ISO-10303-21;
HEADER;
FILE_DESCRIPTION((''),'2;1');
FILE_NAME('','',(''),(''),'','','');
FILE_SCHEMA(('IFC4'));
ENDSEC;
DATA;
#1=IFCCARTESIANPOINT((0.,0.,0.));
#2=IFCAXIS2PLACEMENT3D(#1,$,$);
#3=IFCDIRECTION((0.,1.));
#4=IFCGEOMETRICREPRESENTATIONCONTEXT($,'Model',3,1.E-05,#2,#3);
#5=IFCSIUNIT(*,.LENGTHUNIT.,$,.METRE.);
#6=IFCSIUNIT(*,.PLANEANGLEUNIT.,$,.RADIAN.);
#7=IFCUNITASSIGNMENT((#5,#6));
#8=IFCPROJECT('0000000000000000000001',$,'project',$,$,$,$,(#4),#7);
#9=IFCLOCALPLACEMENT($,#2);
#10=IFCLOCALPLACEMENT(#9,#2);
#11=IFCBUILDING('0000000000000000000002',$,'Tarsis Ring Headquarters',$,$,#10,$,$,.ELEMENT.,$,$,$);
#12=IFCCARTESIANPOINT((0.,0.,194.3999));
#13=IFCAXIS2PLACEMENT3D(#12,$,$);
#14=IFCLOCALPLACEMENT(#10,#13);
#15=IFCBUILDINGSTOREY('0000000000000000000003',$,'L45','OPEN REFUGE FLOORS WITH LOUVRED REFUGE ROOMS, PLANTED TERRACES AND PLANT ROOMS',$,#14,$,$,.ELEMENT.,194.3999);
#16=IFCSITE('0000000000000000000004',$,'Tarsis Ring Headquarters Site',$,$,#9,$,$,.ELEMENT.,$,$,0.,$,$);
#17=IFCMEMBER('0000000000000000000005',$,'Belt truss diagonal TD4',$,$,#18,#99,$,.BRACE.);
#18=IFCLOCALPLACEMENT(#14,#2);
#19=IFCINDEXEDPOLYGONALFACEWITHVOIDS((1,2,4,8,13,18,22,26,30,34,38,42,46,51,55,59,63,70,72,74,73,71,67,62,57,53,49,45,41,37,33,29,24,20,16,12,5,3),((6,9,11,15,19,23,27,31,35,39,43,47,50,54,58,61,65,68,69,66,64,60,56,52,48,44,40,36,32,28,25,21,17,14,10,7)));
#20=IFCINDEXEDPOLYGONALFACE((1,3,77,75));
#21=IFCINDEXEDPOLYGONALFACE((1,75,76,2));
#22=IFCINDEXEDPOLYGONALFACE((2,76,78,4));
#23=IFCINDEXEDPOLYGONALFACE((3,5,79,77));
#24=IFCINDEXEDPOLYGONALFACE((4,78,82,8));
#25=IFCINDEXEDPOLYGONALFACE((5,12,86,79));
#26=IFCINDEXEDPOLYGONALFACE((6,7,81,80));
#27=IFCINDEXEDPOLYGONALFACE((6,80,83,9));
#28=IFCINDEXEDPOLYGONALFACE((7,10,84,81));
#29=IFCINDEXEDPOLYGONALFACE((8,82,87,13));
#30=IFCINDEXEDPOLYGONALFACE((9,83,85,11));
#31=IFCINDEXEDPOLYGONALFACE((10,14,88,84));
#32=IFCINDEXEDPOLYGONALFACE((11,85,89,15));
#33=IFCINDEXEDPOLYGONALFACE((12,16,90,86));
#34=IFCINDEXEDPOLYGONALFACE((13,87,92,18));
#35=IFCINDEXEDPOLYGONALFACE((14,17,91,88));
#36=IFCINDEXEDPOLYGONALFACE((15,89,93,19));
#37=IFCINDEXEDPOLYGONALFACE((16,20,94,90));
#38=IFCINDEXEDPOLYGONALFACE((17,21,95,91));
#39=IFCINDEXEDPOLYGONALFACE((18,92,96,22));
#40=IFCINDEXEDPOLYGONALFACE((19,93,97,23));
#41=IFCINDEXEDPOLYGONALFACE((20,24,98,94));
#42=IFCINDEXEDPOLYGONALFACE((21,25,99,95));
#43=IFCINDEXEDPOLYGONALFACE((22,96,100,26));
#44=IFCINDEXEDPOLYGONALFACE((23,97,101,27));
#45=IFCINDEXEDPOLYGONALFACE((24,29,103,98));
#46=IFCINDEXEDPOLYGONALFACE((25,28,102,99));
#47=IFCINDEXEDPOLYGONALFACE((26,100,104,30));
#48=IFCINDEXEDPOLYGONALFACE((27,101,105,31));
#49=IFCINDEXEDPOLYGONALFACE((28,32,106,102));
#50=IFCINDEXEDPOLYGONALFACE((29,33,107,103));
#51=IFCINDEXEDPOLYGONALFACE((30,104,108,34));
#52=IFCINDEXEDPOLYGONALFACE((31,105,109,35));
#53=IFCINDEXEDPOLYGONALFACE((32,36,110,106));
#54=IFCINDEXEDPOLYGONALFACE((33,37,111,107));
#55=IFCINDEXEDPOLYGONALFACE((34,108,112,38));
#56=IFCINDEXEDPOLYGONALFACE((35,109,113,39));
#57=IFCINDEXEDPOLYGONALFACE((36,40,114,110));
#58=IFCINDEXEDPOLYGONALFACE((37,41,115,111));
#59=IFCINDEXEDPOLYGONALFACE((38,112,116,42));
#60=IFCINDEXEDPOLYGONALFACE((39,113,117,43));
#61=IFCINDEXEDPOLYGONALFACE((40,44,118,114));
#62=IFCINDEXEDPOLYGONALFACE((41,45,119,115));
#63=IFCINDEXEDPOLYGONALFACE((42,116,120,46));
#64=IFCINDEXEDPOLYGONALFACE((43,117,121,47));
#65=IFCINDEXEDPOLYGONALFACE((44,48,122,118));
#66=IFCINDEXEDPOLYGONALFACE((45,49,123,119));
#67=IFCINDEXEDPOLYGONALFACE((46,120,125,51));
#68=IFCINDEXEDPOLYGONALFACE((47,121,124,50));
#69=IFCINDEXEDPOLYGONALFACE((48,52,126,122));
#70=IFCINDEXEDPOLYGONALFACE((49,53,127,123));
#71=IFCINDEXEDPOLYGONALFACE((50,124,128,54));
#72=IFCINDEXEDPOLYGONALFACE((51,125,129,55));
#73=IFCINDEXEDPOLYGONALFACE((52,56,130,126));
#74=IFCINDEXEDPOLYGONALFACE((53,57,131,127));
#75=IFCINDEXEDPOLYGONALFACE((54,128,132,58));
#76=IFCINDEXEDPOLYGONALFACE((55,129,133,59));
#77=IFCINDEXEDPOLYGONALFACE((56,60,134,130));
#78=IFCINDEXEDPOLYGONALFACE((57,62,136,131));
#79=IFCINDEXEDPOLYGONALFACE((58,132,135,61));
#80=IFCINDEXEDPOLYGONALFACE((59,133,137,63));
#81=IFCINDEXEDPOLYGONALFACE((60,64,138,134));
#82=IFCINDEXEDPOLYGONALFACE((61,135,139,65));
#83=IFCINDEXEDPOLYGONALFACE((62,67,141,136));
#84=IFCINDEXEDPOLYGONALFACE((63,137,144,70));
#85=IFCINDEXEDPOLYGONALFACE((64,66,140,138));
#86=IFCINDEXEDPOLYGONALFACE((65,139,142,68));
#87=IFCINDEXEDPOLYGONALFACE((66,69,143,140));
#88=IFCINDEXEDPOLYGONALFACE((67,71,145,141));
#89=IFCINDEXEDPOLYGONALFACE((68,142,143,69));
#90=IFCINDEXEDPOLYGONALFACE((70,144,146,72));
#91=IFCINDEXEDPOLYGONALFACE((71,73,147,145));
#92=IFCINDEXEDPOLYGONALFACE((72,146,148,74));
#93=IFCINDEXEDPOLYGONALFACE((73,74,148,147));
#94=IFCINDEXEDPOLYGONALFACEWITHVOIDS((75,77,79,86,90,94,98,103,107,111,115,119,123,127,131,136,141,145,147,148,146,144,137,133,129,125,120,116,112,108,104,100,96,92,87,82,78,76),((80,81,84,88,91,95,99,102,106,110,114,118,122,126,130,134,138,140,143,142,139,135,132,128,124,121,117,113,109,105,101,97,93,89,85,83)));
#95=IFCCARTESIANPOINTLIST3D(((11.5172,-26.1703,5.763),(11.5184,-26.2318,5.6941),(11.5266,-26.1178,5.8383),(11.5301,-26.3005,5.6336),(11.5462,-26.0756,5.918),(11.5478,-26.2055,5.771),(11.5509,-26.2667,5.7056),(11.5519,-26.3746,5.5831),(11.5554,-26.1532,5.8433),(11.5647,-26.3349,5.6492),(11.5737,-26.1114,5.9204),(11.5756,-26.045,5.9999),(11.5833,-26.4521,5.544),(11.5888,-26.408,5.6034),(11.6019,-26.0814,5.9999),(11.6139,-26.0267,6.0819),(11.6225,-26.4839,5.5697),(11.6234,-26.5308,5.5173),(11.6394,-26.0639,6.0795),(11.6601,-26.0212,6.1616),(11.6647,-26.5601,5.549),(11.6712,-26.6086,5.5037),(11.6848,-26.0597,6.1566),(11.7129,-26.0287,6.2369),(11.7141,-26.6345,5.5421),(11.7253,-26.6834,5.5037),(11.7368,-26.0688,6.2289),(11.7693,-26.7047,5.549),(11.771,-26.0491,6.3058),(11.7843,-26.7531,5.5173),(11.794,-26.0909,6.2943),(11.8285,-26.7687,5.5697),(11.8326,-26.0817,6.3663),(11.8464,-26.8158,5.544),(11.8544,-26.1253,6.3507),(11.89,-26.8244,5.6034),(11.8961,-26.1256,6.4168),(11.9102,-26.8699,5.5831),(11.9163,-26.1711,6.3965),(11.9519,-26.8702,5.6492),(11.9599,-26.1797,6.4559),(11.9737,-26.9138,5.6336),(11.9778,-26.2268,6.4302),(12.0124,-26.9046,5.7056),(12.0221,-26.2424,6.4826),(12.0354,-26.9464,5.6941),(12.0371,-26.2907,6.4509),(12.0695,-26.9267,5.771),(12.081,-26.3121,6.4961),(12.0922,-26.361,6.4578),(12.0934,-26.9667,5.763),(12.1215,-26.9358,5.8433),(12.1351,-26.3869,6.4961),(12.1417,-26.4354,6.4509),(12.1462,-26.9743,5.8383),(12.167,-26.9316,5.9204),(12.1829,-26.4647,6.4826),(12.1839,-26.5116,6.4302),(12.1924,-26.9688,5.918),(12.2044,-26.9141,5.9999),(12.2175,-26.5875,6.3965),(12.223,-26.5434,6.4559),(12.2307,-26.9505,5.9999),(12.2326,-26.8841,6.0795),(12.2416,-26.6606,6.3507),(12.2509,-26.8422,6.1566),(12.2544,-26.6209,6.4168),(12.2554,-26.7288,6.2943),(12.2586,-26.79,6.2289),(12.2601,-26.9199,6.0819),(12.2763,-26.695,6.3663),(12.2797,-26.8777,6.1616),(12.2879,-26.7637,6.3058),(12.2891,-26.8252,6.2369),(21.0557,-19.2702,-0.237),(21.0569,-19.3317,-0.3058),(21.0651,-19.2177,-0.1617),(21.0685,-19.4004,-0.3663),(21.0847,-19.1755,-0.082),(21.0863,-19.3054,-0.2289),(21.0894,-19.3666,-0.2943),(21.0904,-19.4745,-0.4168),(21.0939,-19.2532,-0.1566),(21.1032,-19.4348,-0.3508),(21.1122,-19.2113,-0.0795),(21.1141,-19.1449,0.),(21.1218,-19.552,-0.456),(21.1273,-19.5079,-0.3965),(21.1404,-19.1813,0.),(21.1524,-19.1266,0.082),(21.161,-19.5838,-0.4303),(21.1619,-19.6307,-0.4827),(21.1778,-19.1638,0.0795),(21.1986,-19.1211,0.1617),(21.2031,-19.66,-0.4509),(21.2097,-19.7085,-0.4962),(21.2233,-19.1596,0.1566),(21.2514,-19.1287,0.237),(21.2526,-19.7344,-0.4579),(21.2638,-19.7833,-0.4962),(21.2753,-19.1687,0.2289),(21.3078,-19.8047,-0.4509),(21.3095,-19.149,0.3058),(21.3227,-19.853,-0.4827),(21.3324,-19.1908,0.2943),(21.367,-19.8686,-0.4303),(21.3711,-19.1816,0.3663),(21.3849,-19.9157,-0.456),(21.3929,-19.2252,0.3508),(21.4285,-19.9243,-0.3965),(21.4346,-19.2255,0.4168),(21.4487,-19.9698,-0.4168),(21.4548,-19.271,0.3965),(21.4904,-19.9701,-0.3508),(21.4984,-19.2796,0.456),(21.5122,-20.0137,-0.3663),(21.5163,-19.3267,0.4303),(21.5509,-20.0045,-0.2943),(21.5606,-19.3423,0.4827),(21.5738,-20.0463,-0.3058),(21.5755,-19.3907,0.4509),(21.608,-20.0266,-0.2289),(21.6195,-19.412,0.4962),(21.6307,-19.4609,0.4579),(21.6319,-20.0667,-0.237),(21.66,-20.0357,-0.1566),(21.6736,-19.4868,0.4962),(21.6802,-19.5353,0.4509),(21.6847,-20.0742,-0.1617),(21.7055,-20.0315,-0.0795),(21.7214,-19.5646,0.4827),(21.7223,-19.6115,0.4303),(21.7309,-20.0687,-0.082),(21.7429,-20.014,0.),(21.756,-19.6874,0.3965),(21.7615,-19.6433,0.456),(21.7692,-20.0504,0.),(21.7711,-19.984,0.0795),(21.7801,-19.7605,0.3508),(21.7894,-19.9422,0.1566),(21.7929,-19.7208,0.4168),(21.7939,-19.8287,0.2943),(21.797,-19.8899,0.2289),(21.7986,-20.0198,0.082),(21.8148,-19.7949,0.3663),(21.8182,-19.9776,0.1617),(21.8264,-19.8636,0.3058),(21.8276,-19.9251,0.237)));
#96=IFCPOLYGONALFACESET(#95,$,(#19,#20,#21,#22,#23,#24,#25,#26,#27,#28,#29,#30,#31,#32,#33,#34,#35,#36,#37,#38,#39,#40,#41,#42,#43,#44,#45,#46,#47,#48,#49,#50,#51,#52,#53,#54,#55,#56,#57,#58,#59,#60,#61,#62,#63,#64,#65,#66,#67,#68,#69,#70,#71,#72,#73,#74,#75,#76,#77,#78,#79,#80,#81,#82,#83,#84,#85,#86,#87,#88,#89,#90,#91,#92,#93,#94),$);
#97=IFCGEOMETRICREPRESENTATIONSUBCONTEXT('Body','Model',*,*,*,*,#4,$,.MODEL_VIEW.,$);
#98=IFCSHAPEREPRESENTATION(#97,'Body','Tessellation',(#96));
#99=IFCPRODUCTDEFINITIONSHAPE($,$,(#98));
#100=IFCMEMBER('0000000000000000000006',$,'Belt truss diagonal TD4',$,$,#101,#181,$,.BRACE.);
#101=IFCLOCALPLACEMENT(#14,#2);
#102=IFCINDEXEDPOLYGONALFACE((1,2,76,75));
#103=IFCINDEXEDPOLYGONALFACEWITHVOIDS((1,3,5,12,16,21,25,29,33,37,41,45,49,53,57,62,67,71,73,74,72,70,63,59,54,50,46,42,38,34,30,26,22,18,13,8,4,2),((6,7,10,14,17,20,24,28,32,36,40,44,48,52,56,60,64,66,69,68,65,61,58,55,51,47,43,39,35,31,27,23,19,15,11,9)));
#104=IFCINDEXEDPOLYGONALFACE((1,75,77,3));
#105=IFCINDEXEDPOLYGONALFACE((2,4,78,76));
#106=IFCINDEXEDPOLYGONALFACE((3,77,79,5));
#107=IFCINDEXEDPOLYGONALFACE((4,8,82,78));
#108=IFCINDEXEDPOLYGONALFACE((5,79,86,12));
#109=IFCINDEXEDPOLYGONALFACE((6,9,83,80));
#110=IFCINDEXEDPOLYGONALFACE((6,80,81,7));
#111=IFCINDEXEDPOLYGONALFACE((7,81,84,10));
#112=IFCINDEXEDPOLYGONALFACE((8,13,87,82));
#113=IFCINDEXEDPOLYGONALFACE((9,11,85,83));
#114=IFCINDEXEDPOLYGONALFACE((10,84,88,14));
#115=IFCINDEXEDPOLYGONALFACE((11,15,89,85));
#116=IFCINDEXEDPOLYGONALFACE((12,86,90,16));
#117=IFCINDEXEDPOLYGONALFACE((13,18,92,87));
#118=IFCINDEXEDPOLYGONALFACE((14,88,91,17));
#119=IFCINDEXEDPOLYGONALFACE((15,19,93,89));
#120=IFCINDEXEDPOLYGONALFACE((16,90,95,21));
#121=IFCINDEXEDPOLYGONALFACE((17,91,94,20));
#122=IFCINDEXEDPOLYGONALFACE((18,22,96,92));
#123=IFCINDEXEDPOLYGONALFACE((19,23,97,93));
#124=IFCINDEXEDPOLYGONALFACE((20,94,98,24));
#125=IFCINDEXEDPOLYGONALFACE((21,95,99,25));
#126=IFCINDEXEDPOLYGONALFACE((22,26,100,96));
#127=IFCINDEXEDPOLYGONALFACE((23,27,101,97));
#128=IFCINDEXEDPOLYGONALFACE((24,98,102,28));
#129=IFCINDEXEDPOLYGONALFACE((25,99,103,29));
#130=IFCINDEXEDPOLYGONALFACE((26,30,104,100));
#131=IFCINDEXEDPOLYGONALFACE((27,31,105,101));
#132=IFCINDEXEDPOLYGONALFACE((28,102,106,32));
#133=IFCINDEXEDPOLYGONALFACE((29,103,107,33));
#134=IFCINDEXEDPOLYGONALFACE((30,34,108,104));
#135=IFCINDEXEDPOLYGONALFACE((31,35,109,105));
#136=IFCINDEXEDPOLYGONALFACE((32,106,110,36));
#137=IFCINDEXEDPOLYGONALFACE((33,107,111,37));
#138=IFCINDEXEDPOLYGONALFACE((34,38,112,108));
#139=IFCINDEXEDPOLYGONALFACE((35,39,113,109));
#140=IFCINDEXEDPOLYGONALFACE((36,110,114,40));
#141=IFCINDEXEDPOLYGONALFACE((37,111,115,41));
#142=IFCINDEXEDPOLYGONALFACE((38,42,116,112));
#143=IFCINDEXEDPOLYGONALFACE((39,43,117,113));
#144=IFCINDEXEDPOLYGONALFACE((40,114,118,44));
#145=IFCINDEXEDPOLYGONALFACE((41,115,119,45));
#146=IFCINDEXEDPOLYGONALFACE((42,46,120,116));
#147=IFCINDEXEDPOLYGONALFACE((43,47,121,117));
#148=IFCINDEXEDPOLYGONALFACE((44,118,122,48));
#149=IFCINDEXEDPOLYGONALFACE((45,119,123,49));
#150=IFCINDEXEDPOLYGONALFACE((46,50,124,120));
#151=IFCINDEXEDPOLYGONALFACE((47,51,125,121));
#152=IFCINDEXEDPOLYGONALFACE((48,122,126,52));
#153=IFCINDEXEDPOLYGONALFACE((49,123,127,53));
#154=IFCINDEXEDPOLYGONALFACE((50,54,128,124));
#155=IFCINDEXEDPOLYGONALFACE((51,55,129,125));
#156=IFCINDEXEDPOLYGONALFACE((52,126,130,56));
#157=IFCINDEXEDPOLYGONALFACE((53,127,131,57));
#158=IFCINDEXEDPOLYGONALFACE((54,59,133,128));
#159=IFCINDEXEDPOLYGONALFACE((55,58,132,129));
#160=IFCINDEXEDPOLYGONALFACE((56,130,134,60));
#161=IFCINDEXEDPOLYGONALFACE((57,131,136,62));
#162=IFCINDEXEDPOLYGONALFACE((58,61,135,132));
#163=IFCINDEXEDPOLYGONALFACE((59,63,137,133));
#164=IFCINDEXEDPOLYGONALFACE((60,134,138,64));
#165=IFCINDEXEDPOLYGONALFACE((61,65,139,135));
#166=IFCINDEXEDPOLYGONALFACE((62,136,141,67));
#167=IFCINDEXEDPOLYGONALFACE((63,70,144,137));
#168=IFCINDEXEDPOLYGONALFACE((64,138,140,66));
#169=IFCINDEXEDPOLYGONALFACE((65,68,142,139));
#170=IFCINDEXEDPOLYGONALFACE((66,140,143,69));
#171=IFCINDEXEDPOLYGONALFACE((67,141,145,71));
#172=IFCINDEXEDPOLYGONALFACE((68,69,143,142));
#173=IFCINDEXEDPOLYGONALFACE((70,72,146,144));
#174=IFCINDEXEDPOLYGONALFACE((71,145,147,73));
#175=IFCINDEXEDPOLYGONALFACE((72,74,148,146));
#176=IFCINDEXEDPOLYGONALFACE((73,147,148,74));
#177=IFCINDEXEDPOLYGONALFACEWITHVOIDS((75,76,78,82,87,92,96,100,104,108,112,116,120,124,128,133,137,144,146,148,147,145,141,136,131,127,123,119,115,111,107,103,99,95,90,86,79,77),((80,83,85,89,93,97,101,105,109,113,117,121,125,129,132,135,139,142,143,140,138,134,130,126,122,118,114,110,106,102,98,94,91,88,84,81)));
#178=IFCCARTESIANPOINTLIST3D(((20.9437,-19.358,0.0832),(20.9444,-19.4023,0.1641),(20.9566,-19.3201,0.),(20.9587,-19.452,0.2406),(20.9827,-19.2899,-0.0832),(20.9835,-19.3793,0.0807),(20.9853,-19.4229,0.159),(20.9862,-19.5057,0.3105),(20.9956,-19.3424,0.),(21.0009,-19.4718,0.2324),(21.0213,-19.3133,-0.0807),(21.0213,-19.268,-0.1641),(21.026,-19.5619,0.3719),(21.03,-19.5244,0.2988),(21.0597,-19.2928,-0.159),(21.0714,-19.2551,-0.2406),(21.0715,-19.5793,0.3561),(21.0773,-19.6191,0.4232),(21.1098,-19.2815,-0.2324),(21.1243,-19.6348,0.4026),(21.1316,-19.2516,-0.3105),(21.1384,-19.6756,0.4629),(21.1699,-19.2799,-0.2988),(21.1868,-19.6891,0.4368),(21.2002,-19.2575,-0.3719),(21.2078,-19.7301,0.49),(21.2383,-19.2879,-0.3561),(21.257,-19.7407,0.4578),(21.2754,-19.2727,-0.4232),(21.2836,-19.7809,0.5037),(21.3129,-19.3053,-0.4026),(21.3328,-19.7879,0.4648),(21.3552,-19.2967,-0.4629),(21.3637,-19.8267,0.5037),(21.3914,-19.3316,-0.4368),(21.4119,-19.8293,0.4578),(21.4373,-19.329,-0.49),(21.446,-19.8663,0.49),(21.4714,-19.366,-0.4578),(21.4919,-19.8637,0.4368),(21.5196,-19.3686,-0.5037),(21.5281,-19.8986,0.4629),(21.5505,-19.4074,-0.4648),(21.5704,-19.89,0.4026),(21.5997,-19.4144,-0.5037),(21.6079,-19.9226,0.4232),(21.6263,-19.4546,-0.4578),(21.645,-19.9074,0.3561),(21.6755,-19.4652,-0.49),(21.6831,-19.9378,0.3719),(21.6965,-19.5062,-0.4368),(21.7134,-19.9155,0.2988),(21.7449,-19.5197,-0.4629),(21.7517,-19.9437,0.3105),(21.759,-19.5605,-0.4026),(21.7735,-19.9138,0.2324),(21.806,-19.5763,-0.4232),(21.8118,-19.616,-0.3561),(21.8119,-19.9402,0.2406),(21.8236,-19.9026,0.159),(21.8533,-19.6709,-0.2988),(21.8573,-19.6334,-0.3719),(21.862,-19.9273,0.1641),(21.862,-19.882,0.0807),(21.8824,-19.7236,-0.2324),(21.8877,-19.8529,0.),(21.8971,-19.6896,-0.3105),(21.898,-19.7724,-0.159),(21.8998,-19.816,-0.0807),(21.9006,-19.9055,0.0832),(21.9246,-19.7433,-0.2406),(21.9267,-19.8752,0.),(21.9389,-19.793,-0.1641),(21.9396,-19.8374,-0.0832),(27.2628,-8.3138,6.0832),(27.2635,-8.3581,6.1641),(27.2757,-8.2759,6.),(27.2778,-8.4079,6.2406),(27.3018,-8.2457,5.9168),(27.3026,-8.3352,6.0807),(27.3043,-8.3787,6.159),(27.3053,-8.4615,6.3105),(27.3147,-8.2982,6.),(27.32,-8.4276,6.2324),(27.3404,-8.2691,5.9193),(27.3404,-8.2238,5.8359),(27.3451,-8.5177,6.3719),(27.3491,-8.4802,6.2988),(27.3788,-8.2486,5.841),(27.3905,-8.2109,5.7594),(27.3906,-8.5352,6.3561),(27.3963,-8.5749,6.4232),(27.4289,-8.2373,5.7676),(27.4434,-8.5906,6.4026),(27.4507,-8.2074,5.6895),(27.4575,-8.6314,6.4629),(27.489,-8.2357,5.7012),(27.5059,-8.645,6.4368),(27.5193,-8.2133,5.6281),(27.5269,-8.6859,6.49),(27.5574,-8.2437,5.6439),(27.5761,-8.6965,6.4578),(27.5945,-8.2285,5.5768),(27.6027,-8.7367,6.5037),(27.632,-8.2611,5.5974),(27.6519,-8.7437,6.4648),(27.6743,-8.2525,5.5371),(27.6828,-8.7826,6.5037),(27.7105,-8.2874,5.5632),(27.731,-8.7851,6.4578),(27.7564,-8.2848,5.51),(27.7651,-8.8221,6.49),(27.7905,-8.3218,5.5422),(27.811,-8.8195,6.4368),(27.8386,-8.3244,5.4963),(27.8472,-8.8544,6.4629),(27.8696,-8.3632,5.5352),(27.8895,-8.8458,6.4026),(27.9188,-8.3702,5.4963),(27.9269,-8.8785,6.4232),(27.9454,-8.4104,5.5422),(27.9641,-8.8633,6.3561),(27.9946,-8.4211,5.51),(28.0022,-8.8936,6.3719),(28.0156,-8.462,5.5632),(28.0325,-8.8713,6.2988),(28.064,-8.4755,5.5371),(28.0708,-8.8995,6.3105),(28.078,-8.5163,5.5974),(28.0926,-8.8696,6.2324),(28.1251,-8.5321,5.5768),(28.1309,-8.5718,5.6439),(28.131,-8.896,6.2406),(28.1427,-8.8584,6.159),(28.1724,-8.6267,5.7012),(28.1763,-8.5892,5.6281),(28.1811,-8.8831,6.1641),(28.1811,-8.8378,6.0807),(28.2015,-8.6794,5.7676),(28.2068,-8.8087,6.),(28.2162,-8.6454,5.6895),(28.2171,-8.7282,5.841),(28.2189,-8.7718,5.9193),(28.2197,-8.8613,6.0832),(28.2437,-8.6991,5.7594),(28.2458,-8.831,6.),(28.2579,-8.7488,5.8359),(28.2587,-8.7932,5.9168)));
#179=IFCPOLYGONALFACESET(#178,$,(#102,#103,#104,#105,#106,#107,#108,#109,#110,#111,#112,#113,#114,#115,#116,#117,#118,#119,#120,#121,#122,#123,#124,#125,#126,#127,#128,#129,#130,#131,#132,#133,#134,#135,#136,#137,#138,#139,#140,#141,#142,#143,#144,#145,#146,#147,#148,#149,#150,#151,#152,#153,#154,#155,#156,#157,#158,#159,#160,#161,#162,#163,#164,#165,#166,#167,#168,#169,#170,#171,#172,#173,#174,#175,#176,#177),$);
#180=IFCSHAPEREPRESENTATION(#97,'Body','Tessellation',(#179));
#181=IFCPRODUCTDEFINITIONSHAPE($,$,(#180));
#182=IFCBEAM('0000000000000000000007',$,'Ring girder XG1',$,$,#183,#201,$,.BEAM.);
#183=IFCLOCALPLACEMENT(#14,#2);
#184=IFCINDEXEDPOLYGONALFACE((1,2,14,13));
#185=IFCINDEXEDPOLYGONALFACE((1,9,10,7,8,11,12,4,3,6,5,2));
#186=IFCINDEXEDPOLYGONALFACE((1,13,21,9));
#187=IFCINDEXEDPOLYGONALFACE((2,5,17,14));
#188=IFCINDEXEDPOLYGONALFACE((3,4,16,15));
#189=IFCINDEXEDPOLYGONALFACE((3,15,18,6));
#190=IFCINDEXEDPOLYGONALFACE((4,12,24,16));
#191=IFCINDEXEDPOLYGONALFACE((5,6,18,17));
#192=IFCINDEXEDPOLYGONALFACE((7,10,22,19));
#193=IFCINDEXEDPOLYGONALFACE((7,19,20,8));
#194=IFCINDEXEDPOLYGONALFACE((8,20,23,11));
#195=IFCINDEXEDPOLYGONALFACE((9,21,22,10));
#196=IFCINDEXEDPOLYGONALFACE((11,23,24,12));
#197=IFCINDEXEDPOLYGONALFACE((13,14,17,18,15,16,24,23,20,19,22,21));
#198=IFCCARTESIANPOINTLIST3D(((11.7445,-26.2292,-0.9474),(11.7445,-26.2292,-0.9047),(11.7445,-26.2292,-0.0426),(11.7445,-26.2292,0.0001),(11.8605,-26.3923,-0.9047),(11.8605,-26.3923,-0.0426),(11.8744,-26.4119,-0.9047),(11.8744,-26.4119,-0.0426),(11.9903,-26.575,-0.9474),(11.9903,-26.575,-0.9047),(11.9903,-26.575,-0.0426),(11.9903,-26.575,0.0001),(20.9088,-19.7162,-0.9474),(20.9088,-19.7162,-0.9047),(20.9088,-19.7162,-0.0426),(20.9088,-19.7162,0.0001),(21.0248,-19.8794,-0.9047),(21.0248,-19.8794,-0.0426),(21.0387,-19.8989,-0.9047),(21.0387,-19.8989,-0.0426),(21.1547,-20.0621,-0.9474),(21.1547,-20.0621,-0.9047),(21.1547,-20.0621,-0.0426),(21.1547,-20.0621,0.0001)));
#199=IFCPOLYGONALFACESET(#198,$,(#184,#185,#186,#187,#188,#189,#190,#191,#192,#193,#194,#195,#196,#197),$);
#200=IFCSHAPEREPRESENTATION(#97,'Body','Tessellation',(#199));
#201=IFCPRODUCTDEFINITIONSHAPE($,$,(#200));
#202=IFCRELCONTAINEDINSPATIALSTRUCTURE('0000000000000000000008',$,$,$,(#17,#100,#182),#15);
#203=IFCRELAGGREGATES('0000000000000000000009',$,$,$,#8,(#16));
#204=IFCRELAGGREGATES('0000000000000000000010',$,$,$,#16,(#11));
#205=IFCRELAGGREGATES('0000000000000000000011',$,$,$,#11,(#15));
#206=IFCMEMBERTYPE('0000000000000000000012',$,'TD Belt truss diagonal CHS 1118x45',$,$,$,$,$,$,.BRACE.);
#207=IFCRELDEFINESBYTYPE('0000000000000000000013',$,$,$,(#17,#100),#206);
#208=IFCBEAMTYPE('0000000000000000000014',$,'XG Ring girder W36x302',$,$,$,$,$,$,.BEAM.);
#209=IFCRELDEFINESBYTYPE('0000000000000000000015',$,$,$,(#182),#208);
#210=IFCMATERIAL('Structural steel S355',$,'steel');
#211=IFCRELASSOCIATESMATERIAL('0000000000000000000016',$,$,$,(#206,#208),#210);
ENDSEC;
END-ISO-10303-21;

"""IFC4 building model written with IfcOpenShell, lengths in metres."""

from ifc_helpers import new_model, si_unit, direction, frame, origin, origin_2d, place, context, subcontext, project, spatial, hollow_circle, i_section, extrude, material, material_profile, profile_set, type_object, element, save


model = new_model("IFC4")

# Units and contexts
model_context = context("Model", 3, precision=1e-05, world=origin(), true_north=direction((0.0, 1.0)))
body_context = subcontext(model_context, "Body", "Model", "MODEL_VIEW")
ifc_project = project(units=[si_unit("LENGTHUNIT", "METRE"), si_unit("PLANEANGLEUNIT", "RADIAN")], contexts=[model_context])

# Site, building, storey
site_placement = place(None, origin())
site = spatial("IfcSite", under=ifc_project, at=site_placement, Name="Tarsis Ring Headquarters Site", CompositionType="ELEMENT", RefElevation=0.0)
building_placement = place(site_placement, origin())
building = spatial("IfcBuilding", under=site, at=building_placement, Name="Tarsis Ring Headquarters", CompositionType="ELEMENT")
storey_placement = place(building_placement, frame((0.0, 0.0, 194.3999)))
storey = spatial("IfcBuildingStorey", under=building, at=storey_placement, Name="L45", Description="OPEN REFUGE FLOORS WITH LOUVRED REFUGE ROOMS, PLANTED TERRACES AND PLANT ROOMS", CompositionType="ELEMENT", Elevation=194.3999)

# Shared definitions
ifc_material_1 = material(Name="Structural steel S355", Category="steel")
ifc_material_profile_1 = material_profile(ifc_material_1, hollow_circle(Radius=0.5588, WallThickness=0.0449, at=origin_2d()), Name="CHS 1118x45")
ifc_profile_set_1 = profile_set([ifc_material_profile_1], Name="Structural steel S355")

# Members
member_type = type_object("IfcMemberType", Name="TD Belt truss diagonal CHS 1118x45", PredefinedType="BRACE", material=ifc_profile_set_1)
member_1_placement = place(storey_placement, frame((21.4417, -19.5977, 0.0), z_axis=(-0.721881, -0.522205, 0.454081), x_axis=(0.586114, -0.810228, 0.0)))
element("IfcMember", 1, at=member_1_placement, inside=storey, type_object=member_type, Name="Belt truss diagonal TD4", PredefinedType="BRACE", context=body_context, shape_type="SweptSolid", body=[
    extrude(hollow_circle(Radius=0.5588, WallThickness=0.0449, at=origin_2d()), origin(), (0.0, 0.0, 1.0), 13.2134),
])
member_2_placement = place(storey_placement, frame((21.4417, -19.5977, 0.0), z_axis=(0.449186, 0.785065, 0.426504), x_axis=(-0.867968, 0.49662, 0.0)))
element("IfcMember", 2, at=member_2_placement, inside=storey, type_object=member_type, Name="Belt truss diagonal TD4", PredefinedType="BRACE", context=body_context, shape_type="SweptSolid", body=[
    extrude(hollow_circle(Radius=0.5588, WallThickness=0.0449, at=origin_2d()), origin(), (0.0, 0.0, 1.0), 14.0679),
])

# Beam
ifc_material_profile_2 = material_profile(ifc_material_1, i_section(OverallWidth=0.4243, OverallDepth=0.9475, WebThickness=0.0239, FlangeThickness=0.0427, at=origin_2d()), Name="W36x302")
ifc_profile_set_2 = profile_set([ifc_material_profile_2], Name="Structural steel S355")
beam_type = type_object("IfcBeamType", Name="XG Ring girder W36x302", PredefinedType="BEAM", material=ifc_profile_set_2)
for number, where, z_axis, x_axis, name in (
    (3, (11.8674, -26.4021, -0.4736), (0.815119, 0.579293, 0.0), (-0.579293, 0.815119, 0.0), "Ring girder XG1"),
):
    element("IfcBeam", number, at=place(storey_placement, frame(where, z_axis=z_axis, x_axis=x_axis)), inside=storey, type_object=beam_type, Name=name, PredefinedType="BEAM", context=body_context, shape_type="SweptSolid", body=[
        extrude(i_section(OverallWidth=0.4243, OverallDepth=0.9475, WebThickness=0.0239, FlangeThickness=0.0427, at=origin_2d()), origin(), (0.0, 0.0, 1.0), 11.2429),
    ])

save(model, "model.ifc")
